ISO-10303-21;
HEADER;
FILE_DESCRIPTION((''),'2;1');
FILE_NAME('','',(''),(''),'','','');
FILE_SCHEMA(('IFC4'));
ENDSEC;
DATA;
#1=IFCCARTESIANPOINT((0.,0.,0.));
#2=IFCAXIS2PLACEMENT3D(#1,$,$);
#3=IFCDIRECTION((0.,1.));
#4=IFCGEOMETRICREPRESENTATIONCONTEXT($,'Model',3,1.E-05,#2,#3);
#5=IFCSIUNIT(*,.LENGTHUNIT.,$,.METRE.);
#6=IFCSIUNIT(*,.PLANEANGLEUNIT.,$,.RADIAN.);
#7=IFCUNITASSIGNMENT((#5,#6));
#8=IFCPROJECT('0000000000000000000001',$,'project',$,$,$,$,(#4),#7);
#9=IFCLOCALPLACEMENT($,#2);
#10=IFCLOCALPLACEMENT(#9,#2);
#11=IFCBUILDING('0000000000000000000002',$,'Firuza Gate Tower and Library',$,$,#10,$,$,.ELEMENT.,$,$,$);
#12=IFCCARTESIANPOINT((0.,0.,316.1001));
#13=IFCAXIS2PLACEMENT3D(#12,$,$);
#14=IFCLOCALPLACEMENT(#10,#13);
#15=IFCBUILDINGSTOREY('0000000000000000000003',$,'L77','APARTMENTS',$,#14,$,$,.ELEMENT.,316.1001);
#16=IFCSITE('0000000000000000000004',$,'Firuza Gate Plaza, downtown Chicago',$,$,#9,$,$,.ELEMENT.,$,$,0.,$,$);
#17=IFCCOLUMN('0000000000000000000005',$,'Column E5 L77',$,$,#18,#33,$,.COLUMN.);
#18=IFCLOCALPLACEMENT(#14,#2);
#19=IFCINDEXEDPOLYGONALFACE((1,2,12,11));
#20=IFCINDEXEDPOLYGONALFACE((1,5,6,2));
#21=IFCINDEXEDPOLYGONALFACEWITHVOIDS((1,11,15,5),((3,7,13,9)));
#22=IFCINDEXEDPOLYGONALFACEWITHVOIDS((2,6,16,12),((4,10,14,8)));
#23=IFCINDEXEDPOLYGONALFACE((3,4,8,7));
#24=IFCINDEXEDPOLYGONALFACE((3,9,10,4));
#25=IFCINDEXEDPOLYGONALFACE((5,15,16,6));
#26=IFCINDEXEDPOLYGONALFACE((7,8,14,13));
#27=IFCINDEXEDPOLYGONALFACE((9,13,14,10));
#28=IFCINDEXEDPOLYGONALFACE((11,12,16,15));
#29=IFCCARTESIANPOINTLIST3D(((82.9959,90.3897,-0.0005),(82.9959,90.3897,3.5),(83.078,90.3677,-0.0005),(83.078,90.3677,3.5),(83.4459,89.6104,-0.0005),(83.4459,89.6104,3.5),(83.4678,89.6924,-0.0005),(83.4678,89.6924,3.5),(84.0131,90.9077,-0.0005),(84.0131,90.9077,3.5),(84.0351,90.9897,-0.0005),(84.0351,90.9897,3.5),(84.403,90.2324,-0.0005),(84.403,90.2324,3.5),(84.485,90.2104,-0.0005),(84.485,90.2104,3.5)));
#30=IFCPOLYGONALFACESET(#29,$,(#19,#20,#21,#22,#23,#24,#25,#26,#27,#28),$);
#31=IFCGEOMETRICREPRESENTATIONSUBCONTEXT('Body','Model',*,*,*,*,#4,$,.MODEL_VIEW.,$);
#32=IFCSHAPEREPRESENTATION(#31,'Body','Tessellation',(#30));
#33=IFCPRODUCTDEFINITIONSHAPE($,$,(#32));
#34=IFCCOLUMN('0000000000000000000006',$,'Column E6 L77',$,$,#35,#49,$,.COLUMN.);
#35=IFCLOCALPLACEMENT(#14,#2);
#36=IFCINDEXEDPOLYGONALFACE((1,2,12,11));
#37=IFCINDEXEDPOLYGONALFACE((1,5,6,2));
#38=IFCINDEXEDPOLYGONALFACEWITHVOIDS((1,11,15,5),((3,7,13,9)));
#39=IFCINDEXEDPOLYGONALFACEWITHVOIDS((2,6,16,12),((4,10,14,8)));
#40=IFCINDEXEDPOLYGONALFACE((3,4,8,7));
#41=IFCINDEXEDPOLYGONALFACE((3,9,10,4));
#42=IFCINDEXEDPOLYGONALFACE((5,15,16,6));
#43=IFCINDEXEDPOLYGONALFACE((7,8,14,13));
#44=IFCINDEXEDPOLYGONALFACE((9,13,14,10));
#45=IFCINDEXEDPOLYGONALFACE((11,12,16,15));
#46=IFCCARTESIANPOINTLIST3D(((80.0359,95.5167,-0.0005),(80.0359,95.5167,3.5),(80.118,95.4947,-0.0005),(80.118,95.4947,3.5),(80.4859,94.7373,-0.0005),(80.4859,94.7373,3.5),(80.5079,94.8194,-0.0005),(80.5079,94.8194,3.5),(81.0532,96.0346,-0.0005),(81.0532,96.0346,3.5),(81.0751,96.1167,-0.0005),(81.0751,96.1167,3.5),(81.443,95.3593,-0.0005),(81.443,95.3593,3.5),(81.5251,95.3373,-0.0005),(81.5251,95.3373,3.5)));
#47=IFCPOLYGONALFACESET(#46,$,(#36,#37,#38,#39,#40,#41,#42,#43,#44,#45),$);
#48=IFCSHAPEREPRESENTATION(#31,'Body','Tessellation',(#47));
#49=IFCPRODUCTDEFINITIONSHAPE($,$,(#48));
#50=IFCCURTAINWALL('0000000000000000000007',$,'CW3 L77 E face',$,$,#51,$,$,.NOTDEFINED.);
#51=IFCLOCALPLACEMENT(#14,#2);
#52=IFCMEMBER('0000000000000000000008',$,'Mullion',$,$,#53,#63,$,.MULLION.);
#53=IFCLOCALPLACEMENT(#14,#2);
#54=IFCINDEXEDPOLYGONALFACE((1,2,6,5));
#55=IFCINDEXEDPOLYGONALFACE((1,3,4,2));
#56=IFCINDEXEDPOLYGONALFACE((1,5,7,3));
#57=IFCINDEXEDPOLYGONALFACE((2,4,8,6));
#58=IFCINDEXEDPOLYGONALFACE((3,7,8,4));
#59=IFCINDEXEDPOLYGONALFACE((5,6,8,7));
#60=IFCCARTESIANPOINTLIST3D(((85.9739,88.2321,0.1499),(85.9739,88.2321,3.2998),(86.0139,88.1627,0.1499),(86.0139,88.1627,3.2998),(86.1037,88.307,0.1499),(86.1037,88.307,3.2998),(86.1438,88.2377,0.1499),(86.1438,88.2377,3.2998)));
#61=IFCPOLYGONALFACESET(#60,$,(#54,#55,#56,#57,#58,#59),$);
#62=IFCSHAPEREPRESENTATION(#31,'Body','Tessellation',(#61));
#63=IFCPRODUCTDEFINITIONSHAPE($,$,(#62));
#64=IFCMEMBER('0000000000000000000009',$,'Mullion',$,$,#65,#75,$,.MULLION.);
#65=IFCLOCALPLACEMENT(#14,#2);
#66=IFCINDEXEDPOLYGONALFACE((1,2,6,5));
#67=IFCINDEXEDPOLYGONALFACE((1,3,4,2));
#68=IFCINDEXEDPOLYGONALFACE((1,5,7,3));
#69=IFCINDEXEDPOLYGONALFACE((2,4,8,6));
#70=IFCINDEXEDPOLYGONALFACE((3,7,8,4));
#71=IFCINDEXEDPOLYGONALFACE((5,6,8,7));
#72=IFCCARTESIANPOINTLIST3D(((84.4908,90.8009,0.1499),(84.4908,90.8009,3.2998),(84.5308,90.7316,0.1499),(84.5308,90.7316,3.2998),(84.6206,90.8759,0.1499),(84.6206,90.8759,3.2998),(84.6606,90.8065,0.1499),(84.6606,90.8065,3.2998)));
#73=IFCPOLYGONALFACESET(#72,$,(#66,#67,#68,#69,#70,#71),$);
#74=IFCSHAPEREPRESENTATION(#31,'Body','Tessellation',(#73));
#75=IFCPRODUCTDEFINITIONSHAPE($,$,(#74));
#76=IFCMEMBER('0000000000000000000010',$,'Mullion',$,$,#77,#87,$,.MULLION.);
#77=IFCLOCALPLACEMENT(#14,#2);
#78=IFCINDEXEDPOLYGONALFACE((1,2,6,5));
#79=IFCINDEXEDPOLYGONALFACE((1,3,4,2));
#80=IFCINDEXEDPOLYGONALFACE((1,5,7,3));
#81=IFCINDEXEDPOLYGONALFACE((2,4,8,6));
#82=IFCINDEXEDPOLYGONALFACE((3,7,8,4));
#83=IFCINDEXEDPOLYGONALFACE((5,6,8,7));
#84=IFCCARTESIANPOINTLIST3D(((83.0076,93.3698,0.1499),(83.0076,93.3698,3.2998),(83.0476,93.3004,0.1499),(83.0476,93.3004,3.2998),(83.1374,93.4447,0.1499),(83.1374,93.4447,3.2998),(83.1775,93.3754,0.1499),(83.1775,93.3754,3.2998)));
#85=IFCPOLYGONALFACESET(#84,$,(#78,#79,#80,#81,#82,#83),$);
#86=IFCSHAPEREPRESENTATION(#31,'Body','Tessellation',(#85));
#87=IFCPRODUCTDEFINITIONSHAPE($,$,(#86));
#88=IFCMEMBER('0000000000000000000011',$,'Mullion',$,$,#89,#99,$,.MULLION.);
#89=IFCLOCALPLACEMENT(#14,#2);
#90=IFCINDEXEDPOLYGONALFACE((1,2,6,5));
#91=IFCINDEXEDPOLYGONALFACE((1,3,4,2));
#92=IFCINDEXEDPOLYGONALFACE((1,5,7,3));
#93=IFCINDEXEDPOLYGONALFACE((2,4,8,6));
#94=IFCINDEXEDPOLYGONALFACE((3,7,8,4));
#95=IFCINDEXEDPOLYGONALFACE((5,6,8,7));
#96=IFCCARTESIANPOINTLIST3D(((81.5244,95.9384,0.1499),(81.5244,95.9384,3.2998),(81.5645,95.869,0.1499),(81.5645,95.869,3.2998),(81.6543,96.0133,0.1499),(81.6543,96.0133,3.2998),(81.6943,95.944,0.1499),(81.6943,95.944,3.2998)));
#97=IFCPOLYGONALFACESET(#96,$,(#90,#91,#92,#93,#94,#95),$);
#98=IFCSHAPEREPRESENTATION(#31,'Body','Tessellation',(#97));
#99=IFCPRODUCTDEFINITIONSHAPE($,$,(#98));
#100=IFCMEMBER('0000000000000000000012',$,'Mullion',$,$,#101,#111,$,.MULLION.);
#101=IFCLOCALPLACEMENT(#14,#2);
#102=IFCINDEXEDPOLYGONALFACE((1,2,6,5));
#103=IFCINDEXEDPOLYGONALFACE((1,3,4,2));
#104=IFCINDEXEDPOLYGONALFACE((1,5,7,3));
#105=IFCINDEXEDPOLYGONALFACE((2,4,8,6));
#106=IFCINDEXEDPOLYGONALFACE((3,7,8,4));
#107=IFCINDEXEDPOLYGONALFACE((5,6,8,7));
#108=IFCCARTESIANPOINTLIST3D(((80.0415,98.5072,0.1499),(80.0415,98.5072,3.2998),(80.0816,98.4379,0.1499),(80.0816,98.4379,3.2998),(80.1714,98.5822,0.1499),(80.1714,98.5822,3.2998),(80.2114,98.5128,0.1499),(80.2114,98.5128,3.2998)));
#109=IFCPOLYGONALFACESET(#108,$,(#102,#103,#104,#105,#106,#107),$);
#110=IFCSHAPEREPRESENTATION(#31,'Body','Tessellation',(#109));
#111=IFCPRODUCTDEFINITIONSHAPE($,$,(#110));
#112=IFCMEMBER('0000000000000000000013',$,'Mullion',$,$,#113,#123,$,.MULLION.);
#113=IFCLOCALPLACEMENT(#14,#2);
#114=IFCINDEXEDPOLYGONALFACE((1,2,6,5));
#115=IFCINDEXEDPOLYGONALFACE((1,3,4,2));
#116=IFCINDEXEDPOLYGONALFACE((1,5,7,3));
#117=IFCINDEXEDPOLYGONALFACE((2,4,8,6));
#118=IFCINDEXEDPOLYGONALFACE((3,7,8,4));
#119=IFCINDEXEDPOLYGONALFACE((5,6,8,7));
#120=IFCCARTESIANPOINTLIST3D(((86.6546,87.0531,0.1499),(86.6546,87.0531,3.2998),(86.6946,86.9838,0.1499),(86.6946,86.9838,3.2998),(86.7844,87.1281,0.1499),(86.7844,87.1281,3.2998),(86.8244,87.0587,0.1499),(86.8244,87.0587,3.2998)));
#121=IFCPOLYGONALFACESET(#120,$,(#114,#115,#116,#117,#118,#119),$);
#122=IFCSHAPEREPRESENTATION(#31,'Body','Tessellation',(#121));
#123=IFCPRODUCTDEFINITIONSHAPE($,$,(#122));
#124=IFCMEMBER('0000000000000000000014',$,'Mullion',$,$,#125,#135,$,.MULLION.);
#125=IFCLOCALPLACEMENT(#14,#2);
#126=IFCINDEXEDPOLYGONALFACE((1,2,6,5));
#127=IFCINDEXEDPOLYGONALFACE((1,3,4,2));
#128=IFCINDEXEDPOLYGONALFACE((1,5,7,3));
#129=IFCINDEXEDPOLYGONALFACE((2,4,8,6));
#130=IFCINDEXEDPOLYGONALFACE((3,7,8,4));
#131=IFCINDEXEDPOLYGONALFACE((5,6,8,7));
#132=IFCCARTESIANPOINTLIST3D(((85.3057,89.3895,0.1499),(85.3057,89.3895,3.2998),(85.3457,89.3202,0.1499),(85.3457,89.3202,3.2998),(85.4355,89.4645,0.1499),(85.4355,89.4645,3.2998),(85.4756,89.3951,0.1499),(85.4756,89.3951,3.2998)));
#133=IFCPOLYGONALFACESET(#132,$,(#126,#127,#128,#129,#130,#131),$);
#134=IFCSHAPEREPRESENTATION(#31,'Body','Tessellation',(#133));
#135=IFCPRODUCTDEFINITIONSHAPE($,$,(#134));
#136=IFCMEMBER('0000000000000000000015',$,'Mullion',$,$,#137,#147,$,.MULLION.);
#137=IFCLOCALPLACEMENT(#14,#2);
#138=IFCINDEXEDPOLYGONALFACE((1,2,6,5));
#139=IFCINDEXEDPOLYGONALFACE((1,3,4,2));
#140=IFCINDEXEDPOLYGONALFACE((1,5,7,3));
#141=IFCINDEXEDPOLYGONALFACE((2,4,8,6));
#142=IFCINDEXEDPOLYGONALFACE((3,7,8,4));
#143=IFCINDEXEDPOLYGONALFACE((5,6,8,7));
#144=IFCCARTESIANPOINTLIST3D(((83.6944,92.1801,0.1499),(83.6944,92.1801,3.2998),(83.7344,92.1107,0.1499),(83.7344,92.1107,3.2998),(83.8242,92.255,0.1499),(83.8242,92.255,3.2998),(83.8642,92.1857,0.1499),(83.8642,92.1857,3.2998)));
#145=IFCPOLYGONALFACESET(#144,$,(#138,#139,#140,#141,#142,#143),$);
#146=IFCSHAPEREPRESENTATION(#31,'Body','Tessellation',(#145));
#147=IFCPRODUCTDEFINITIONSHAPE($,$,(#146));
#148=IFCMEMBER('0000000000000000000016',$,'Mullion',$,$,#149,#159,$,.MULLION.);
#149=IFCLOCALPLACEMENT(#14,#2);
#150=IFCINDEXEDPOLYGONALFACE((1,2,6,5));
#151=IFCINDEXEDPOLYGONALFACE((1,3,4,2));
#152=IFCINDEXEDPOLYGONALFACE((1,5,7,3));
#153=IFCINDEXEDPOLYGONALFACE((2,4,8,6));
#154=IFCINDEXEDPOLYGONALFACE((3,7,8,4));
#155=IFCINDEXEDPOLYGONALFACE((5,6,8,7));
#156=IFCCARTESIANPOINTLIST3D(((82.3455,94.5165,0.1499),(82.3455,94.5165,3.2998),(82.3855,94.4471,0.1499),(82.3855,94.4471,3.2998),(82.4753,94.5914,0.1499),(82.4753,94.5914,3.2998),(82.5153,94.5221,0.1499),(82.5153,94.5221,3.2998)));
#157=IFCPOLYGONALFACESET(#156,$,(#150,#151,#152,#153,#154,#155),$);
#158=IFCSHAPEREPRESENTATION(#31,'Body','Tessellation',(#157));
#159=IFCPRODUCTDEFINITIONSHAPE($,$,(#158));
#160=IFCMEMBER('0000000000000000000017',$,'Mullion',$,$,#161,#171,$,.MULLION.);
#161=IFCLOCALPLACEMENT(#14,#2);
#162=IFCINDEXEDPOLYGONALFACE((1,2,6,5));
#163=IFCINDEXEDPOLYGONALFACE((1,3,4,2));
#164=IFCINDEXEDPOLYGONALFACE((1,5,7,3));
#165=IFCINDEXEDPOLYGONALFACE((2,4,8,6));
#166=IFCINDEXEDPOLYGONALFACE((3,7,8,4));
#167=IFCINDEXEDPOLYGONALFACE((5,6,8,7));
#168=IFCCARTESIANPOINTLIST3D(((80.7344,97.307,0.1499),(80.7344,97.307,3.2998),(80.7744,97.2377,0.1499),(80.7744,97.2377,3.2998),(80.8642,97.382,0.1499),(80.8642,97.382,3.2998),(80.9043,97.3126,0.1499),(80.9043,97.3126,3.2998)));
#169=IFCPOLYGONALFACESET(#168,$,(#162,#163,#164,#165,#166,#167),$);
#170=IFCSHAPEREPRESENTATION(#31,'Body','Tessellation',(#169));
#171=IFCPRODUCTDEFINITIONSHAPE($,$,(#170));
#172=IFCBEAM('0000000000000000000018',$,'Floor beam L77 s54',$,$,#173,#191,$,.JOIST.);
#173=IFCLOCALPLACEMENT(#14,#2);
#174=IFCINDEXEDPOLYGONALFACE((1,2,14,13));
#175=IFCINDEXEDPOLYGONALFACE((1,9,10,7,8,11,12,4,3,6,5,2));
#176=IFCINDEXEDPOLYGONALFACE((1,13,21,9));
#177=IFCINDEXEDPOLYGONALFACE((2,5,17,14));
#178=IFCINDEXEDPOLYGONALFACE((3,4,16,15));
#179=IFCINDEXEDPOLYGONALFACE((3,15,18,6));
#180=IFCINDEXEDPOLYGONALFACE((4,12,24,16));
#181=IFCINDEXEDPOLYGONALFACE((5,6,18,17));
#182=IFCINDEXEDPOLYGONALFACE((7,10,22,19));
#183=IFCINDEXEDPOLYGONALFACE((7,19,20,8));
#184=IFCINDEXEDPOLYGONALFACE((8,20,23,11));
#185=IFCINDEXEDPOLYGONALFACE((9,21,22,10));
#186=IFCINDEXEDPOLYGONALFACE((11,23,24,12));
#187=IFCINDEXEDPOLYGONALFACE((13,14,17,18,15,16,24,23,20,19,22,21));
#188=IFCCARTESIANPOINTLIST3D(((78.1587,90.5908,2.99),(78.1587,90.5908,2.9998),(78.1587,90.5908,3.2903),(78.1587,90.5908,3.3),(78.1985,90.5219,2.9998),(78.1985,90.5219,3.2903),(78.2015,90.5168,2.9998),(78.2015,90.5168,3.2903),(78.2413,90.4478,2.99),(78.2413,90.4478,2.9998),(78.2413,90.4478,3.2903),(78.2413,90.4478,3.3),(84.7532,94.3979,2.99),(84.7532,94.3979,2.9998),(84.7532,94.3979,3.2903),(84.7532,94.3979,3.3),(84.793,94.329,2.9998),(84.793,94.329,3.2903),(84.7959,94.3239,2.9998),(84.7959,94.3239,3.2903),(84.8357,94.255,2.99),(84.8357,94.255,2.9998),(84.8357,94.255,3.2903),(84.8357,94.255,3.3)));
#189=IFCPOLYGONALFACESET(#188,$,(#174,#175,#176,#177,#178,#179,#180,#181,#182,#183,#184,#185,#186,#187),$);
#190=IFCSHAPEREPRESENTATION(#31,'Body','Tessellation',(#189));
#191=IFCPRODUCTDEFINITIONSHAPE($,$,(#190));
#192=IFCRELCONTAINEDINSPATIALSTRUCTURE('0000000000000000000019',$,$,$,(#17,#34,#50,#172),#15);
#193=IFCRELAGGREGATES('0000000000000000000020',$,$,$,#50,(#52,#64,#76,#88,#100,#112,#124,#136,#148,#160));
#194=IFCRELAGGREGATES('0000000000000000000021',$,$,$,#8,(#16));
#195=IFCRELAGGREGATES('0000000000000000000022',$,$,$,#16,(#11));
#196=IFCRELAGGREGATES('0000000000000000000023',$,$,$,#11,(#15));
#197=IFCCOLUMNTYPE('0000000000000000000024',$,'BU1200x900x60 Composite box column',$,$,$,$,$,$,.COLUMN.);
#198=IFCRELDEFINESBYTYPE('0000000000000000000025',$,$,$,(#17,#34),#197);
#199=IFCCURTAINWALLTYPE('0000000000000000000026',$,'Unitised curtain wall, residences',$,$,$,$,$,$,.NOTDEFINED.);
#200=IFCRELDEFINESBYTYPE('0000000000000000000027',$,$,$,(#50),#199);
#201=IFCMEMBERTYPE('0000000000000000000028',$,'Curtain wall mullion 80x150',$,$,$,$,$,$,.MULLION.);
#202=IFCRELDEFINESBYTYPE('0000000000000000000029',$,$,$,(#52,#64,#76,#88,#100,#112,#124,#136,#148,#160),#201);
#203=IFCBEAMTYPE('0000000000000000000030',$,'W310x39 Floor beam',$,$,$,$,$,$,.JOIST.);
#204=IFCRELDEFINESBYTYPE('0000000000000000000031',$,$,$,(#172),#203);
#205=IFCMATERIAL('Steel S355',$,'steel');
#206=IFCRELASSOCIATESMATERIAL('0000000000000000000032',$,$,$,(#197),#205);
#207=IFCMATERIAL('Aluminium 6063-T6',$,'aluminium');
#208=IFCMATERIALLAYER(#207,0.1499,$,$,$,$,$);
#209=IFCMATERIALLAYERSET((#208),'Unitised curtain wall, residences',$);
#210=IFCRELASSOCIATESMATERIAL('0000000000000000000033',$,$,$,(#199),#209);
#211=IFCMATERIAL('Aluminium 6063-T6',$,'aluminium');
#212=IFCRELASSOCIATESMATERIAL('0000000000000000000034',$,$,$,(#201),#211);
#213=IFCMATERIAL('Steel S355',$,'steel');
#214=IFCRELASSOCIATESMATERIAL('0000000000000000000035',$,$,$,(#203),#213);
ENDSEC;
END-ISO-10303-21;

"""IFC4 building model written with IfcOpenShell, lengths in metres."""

from ifc_helpers import new_model, si_unit, direction, frame, origin, origin_2d, place, context, subcontext, project, spatial, rectangle, hollow_rectangle, i_section, extrude, material, layer, layer_set, material_profile, profile_set, type_object, element, aggregate, save


model = new_model("IFC4")

# Units and contexts
model_context = context("Model", 3, precision=1e-05, world=origin(), true_north=direction((0.0, 1.0)))
body_context = subcontext(model_context, "Body", "Model", "MODEL_VIEW")
ifc_project = project(units=[si_unit("LENGTHUNIT", "METRE"), si_unit("PLANEANGLEUNIT", "RADIAN")], contexts=[model_context])

# Site, building, storey
site_placement = place(None, origin())
site = spatial("IfcSite", under=ifc_project, at=site_placement, Name="Firuza Gate Plaza, downtown Chicago", CompositionType="ELEMENT", RefElevation=0.0)
building_placement = place(site_placement, origin())
building = spatial("IfcBuilding", under=site, at=building_placement, Name="Firuza Gate Tower and Library", CompositionType="ELEMENT")
storey_placement = place(building_placement, frame((0.0, 0.0, 316.1001)))
storey = spatial("IfcBuildingStorey", under=building, at=storey_placement, Name="L77", Description="APARTMENTS", CompositionType="ELEMENT", Elevation=316.1001)

# Columns
ifc_material_1 = material(Name="Steel S355", Category="steel")
ifc_material_profile_1 = material_profile(ifc_material_1, hollow_rectangle(XDim=0.8999, YDim=1.2, WallThickness=0.0601, at=origin_2d()))
ifc_profile_set_1 = profile_set([ifc_material_profile_1], Name="Steel S355")
column_type = type_object("IfcColumnType", Name="BU1200x900x60 Composite box column", PredefinedType="COLUMN", material=ifc_profile_set_1)
for number, where, z_axis, x_axis, name in (
    (1, (83.7405, 90.3, -0.0005), (0.0, 0.0, 1.0), (-0.5, 0.866025, 0.0), "Column E5 L77"),
    (2, (80.7805, 95.427, -0.0005), (0.0, 0.0, 1.0), (-0.5, 0.866025, 0.0), "Column E6 L77"),
):
    element("IfcColumn", number, at=place(storey_placement, frame(where, z_axis=z_axis, x_axis=x_axis)), inside=storey, type_object=column_type, Name=name, PredefinedType="COLUMN", context=body_context, shape_type="SweptSolid", body=[
        extrude(hollow_rectangle(XDim=0.8999, YDim=1.2, WallThickness=0.0601, at=origin_2d()), origin(), (0.0, 0.0, 1.0), 3.5005),
    ])

# Curtain wall, members
ifc_material_2 = material(Name="Aluminium 6063-T6", Category="aluminium")
ifc_layer_1 = layer(ifc_material_2, 0.1499)
ifc_layer_set_1 = layer_set([ifc_layer_1], Name="Unitised curtain wall, residences")
curtain_wall_type = type_object("IfcCurtainWallType", Name="Unitised curtain wall, residences", PredefinedType="NOTDEFINED", material=ifc_layer_set_1)
curtain_wall_placement = place(storey_placement, origin())
curtain_wall = element("IfcCurtainWall", 3, at=curtain_wall_placement, inside=storey, type_object=curtain_wall_type, Name="CW3 L77 E face", PredefinedType="NOTDEFINED")
ifc_material_3 = material(Name="Aluminium 6063-T6", Category="aluminium")
ifc_material_profile_2 = material_profile(ifc_material_3, rectangle(XDim=0.1499, YDim=0.0801, at=origin_2d()))
ifc_profile_set_2 = profile_set([ifc_material_profile_2], Name="Aluminium 6063-T6")
member_type = type_object("IfcMemberType", Name="Curtain wall mullion 80x150", PredefinedType="MULLION", material=ifc_profile_set_2)
member_1_placement = place(storey_placement, frame((86.0588, 88.2349, 0.1499), z_axis=(0.0, 0.0, 1.0), x_axis=(-0.866025, -0.5, 0.0)))
member_1 = element("IfcMember", 4, at=member_1_placement, type_object=member_type, Name="Mullion", PredefinedType="MULLION", context=body_context, shape_type="SweptSolid", body=[
    extrude(rectangle(XDim=0.1499, YDim=0.0801, at=origin_2d()), origin(), (0.0, 0.0, 1.0), 3.1499),
])
member_2_placement = place(storey_placement, frame((84.5757, 90.8037, 0.1499), z_axis=(0.0, 0.0, 1.0), x_axis=(-0.866025, -0.5, 0.0)))
member_2 = element("IfcMember", 5, at=member_2_placement, type_object=member_type, Name="Mullion", PredefinedType="MULLION", context=body_context, shape_type="SweptSolid", body=[
    extrude(rectangle(XDim=0.1499, YDim=0.0801, at=origin_2d()), origin(), (0.0, 0.0, 1.0), 3.1499),
])
member_3_placement = place(storey_placement, frame((83.0925, 93.3726, 0.1499), z_axis=(0.0, 0.0, 1.0), x_axis=(-0.866025, -0.5, 0.0)))
member_3 = element("IfcMember", 6, at=member_3_placement, type_object=member_type, Name="Mullion", PredefinedType="MULLION", context=body_context, shape_type="SweptSolid", body=[
    extrude(rectangle(XDim=0.1499, YDim=0.0801, at=origin_2d()), origin(), (0.0, 0.0, 1.0), 3.1499),
])
member_4_placement = place(storey_placement, frame((81.6094, 95.9412, 0.1499), z_axis=(0.0, 0.0, 1.0), x_axis=(-0.866025, -0.5, 0.0)))
member_4 = element("IfcMember", 7, at=member_4_placement, type_object=member_type, Name="Mullion", PredefinedType="MULLION", context=body_context, shape_type="SweptSolid", body=[
    extrude(rectangle(XDim=0.1499, YDim=0.0801, at=origin_2d()), origin(), (0.0, 0.0, 1.0), 3.1499),
])
member_5_placement = place(storey_placement, frame((80.1265, 98.51, 0.1499), z_axis=(0.0, 0.0, 1.0), x_axis=(-0.866025, -0.5, 0.0)))
member_5 = element("IfcMember", 8, at=member_5_placement, type_object=member_type, Name="Mullion", PredefinedType="MULLION", context=body_context, shape_type="SweptSolid", body=[
    extrude(rectangle(XDim=0.1499, YDim=0.0801, at=origin_2d()), origin(), (0.0, 0.0, 1.0), 3.1499),
])
member_6_placement = place(storey_placement, frame((86.7395, 87.0559, 0.1499), z_axis=(0.0, 0.0, 1.0), x_axis=(-0.866025, -0.5, 0.0)))
member_6 = element("IfcMember", 9, at=member_6_placement, type_object=member_type, Name="Mullion", PredefinedType="MULLION", context=body_context, shape_type="SweptSolid", body=[
    extrude(rectangle(XDim=0.1499, YDim=0.0801, at=origin_2d()), origin(), (0.0, 0.0, 1.0), 3.1499),
])
member_7_placement = place(storey_placement, frame((85.3906, 89.3923, 0.1499), z_axis=(0.0, 0.0, 1.0), x_axis=(-0.866025, -0.5, 0.0)))
member_7 = element("IfcMember", 10, at=member_7_placement, type_object=member_type, Name="Mullion", PredefinedType="MULLION", context=body_context, shape_type="SweptSolid", body=[
    extrude(rectangle(XDim=0.1499, YDim=0.0801, at=origin_2d()), origin(), (0.0, 0.0, 1.0), 3.1499),
])
member_8_placement = place(storey_placement, frame((83.7793, 92.1829, 0.1499), z_axis=(0.0, 0.0, 1.0), x_axis=(-0.866025, -0.5, 0.0)))
member_8 = element("IfcMember", 11, at=member_8_placement, type_object=member_type, Name="Mullion", PredefinedType="MULLION", context=body_context, shape_type="SweptSolid", body=[
    extrude(rectangle(XDim=0.1499, YDim=0.0801, at=origin_2d()), origin(), (0.0, 0.0, 1.0), 3.1499),
])
member_9_placement = place(storey_placement, frame((82.4304, 94.5193, 0.1499), z_axis=(0.0, 0.0, 1.0), x_axis=(-0.866025, -0.5, 0.0)))
member_9 = element("IfcMember", 12, at=member_9_placement, type_object=member_type, Name="Mullion", PredefinedType="MULLION", context=body_context, shape_type="SweptSolid", body=[
    extrude(rectangle(XDim=0.1499, YDim=0.0801, at=origin_2d()), origin(), (0.0, 0.0, 1.0), 3.1499),
])
member_10_placement = place(storey_placement, frame((80.8193, 97.3098, 0.1499), z_axis=(0.0, 0.0, 1.0), x_axis=(-0.866025, -0.5, 0.0)))
member_10 = element("IfcMember", 13, at=member_10_placement, type_object=member_type, Name="Mullion", PredefinedType="MULLION", context=body_context, shape_type="SweptSolid", body=[
    extrude(rectangle(XDim=0.1499, YDim=0.0801, at=origin_2d()), origin(), (0.0, 0.0, 1.0), 3.1499),
])

# Beam
ifc_material_4 = material(Name="Steel S355", Category="steel")
ifc_material_profile_3 = material_profile(ifc_material_4, i_section(OverallWidth=0.165, OverallDepth=0.3101, WebThickness=0.0059, FlangeThickness=0.0098, at=origin_2d()))
ifc_profile_set_3 = profile_set([ifc_material_profile_3], Name="Steel S355")
beam_type_1 = type_object("IfcBeamType", Name="W310x39 Floor beam", PredefinedType="JOIST", material=ifc_profile_set_3)
beam_1_placement = place(storey_placement, frame((84.7944, 94.3264, 3.145), z_axis=(-0.866037, -0.499981, 0.0), x_axis=(0.499981, -0.866037, 0.0)))
element("IfcBeam", 14, at=beam_1_placement, inside=storey, type_object=beam_type_1, Name="Floor beam L77 s54", PredefinedType="JOIST", context=body_context, shape_type="SweptSolid", body=[
    extrude(i_section(OverallWidth=0.165, OverallDepth=0.3101, WebThickness=0.0059, FlangeThickness=0.0098, at=origin_2d()), origin(), (0.0, 0.0, 1.0), 7.6145),
])

aggregate(curtain_wall, [member_1, member_2, member_3, member_4, member_5, member_6, member_7, member_8, member_9, member_10])

save(model, "model.ifc")
